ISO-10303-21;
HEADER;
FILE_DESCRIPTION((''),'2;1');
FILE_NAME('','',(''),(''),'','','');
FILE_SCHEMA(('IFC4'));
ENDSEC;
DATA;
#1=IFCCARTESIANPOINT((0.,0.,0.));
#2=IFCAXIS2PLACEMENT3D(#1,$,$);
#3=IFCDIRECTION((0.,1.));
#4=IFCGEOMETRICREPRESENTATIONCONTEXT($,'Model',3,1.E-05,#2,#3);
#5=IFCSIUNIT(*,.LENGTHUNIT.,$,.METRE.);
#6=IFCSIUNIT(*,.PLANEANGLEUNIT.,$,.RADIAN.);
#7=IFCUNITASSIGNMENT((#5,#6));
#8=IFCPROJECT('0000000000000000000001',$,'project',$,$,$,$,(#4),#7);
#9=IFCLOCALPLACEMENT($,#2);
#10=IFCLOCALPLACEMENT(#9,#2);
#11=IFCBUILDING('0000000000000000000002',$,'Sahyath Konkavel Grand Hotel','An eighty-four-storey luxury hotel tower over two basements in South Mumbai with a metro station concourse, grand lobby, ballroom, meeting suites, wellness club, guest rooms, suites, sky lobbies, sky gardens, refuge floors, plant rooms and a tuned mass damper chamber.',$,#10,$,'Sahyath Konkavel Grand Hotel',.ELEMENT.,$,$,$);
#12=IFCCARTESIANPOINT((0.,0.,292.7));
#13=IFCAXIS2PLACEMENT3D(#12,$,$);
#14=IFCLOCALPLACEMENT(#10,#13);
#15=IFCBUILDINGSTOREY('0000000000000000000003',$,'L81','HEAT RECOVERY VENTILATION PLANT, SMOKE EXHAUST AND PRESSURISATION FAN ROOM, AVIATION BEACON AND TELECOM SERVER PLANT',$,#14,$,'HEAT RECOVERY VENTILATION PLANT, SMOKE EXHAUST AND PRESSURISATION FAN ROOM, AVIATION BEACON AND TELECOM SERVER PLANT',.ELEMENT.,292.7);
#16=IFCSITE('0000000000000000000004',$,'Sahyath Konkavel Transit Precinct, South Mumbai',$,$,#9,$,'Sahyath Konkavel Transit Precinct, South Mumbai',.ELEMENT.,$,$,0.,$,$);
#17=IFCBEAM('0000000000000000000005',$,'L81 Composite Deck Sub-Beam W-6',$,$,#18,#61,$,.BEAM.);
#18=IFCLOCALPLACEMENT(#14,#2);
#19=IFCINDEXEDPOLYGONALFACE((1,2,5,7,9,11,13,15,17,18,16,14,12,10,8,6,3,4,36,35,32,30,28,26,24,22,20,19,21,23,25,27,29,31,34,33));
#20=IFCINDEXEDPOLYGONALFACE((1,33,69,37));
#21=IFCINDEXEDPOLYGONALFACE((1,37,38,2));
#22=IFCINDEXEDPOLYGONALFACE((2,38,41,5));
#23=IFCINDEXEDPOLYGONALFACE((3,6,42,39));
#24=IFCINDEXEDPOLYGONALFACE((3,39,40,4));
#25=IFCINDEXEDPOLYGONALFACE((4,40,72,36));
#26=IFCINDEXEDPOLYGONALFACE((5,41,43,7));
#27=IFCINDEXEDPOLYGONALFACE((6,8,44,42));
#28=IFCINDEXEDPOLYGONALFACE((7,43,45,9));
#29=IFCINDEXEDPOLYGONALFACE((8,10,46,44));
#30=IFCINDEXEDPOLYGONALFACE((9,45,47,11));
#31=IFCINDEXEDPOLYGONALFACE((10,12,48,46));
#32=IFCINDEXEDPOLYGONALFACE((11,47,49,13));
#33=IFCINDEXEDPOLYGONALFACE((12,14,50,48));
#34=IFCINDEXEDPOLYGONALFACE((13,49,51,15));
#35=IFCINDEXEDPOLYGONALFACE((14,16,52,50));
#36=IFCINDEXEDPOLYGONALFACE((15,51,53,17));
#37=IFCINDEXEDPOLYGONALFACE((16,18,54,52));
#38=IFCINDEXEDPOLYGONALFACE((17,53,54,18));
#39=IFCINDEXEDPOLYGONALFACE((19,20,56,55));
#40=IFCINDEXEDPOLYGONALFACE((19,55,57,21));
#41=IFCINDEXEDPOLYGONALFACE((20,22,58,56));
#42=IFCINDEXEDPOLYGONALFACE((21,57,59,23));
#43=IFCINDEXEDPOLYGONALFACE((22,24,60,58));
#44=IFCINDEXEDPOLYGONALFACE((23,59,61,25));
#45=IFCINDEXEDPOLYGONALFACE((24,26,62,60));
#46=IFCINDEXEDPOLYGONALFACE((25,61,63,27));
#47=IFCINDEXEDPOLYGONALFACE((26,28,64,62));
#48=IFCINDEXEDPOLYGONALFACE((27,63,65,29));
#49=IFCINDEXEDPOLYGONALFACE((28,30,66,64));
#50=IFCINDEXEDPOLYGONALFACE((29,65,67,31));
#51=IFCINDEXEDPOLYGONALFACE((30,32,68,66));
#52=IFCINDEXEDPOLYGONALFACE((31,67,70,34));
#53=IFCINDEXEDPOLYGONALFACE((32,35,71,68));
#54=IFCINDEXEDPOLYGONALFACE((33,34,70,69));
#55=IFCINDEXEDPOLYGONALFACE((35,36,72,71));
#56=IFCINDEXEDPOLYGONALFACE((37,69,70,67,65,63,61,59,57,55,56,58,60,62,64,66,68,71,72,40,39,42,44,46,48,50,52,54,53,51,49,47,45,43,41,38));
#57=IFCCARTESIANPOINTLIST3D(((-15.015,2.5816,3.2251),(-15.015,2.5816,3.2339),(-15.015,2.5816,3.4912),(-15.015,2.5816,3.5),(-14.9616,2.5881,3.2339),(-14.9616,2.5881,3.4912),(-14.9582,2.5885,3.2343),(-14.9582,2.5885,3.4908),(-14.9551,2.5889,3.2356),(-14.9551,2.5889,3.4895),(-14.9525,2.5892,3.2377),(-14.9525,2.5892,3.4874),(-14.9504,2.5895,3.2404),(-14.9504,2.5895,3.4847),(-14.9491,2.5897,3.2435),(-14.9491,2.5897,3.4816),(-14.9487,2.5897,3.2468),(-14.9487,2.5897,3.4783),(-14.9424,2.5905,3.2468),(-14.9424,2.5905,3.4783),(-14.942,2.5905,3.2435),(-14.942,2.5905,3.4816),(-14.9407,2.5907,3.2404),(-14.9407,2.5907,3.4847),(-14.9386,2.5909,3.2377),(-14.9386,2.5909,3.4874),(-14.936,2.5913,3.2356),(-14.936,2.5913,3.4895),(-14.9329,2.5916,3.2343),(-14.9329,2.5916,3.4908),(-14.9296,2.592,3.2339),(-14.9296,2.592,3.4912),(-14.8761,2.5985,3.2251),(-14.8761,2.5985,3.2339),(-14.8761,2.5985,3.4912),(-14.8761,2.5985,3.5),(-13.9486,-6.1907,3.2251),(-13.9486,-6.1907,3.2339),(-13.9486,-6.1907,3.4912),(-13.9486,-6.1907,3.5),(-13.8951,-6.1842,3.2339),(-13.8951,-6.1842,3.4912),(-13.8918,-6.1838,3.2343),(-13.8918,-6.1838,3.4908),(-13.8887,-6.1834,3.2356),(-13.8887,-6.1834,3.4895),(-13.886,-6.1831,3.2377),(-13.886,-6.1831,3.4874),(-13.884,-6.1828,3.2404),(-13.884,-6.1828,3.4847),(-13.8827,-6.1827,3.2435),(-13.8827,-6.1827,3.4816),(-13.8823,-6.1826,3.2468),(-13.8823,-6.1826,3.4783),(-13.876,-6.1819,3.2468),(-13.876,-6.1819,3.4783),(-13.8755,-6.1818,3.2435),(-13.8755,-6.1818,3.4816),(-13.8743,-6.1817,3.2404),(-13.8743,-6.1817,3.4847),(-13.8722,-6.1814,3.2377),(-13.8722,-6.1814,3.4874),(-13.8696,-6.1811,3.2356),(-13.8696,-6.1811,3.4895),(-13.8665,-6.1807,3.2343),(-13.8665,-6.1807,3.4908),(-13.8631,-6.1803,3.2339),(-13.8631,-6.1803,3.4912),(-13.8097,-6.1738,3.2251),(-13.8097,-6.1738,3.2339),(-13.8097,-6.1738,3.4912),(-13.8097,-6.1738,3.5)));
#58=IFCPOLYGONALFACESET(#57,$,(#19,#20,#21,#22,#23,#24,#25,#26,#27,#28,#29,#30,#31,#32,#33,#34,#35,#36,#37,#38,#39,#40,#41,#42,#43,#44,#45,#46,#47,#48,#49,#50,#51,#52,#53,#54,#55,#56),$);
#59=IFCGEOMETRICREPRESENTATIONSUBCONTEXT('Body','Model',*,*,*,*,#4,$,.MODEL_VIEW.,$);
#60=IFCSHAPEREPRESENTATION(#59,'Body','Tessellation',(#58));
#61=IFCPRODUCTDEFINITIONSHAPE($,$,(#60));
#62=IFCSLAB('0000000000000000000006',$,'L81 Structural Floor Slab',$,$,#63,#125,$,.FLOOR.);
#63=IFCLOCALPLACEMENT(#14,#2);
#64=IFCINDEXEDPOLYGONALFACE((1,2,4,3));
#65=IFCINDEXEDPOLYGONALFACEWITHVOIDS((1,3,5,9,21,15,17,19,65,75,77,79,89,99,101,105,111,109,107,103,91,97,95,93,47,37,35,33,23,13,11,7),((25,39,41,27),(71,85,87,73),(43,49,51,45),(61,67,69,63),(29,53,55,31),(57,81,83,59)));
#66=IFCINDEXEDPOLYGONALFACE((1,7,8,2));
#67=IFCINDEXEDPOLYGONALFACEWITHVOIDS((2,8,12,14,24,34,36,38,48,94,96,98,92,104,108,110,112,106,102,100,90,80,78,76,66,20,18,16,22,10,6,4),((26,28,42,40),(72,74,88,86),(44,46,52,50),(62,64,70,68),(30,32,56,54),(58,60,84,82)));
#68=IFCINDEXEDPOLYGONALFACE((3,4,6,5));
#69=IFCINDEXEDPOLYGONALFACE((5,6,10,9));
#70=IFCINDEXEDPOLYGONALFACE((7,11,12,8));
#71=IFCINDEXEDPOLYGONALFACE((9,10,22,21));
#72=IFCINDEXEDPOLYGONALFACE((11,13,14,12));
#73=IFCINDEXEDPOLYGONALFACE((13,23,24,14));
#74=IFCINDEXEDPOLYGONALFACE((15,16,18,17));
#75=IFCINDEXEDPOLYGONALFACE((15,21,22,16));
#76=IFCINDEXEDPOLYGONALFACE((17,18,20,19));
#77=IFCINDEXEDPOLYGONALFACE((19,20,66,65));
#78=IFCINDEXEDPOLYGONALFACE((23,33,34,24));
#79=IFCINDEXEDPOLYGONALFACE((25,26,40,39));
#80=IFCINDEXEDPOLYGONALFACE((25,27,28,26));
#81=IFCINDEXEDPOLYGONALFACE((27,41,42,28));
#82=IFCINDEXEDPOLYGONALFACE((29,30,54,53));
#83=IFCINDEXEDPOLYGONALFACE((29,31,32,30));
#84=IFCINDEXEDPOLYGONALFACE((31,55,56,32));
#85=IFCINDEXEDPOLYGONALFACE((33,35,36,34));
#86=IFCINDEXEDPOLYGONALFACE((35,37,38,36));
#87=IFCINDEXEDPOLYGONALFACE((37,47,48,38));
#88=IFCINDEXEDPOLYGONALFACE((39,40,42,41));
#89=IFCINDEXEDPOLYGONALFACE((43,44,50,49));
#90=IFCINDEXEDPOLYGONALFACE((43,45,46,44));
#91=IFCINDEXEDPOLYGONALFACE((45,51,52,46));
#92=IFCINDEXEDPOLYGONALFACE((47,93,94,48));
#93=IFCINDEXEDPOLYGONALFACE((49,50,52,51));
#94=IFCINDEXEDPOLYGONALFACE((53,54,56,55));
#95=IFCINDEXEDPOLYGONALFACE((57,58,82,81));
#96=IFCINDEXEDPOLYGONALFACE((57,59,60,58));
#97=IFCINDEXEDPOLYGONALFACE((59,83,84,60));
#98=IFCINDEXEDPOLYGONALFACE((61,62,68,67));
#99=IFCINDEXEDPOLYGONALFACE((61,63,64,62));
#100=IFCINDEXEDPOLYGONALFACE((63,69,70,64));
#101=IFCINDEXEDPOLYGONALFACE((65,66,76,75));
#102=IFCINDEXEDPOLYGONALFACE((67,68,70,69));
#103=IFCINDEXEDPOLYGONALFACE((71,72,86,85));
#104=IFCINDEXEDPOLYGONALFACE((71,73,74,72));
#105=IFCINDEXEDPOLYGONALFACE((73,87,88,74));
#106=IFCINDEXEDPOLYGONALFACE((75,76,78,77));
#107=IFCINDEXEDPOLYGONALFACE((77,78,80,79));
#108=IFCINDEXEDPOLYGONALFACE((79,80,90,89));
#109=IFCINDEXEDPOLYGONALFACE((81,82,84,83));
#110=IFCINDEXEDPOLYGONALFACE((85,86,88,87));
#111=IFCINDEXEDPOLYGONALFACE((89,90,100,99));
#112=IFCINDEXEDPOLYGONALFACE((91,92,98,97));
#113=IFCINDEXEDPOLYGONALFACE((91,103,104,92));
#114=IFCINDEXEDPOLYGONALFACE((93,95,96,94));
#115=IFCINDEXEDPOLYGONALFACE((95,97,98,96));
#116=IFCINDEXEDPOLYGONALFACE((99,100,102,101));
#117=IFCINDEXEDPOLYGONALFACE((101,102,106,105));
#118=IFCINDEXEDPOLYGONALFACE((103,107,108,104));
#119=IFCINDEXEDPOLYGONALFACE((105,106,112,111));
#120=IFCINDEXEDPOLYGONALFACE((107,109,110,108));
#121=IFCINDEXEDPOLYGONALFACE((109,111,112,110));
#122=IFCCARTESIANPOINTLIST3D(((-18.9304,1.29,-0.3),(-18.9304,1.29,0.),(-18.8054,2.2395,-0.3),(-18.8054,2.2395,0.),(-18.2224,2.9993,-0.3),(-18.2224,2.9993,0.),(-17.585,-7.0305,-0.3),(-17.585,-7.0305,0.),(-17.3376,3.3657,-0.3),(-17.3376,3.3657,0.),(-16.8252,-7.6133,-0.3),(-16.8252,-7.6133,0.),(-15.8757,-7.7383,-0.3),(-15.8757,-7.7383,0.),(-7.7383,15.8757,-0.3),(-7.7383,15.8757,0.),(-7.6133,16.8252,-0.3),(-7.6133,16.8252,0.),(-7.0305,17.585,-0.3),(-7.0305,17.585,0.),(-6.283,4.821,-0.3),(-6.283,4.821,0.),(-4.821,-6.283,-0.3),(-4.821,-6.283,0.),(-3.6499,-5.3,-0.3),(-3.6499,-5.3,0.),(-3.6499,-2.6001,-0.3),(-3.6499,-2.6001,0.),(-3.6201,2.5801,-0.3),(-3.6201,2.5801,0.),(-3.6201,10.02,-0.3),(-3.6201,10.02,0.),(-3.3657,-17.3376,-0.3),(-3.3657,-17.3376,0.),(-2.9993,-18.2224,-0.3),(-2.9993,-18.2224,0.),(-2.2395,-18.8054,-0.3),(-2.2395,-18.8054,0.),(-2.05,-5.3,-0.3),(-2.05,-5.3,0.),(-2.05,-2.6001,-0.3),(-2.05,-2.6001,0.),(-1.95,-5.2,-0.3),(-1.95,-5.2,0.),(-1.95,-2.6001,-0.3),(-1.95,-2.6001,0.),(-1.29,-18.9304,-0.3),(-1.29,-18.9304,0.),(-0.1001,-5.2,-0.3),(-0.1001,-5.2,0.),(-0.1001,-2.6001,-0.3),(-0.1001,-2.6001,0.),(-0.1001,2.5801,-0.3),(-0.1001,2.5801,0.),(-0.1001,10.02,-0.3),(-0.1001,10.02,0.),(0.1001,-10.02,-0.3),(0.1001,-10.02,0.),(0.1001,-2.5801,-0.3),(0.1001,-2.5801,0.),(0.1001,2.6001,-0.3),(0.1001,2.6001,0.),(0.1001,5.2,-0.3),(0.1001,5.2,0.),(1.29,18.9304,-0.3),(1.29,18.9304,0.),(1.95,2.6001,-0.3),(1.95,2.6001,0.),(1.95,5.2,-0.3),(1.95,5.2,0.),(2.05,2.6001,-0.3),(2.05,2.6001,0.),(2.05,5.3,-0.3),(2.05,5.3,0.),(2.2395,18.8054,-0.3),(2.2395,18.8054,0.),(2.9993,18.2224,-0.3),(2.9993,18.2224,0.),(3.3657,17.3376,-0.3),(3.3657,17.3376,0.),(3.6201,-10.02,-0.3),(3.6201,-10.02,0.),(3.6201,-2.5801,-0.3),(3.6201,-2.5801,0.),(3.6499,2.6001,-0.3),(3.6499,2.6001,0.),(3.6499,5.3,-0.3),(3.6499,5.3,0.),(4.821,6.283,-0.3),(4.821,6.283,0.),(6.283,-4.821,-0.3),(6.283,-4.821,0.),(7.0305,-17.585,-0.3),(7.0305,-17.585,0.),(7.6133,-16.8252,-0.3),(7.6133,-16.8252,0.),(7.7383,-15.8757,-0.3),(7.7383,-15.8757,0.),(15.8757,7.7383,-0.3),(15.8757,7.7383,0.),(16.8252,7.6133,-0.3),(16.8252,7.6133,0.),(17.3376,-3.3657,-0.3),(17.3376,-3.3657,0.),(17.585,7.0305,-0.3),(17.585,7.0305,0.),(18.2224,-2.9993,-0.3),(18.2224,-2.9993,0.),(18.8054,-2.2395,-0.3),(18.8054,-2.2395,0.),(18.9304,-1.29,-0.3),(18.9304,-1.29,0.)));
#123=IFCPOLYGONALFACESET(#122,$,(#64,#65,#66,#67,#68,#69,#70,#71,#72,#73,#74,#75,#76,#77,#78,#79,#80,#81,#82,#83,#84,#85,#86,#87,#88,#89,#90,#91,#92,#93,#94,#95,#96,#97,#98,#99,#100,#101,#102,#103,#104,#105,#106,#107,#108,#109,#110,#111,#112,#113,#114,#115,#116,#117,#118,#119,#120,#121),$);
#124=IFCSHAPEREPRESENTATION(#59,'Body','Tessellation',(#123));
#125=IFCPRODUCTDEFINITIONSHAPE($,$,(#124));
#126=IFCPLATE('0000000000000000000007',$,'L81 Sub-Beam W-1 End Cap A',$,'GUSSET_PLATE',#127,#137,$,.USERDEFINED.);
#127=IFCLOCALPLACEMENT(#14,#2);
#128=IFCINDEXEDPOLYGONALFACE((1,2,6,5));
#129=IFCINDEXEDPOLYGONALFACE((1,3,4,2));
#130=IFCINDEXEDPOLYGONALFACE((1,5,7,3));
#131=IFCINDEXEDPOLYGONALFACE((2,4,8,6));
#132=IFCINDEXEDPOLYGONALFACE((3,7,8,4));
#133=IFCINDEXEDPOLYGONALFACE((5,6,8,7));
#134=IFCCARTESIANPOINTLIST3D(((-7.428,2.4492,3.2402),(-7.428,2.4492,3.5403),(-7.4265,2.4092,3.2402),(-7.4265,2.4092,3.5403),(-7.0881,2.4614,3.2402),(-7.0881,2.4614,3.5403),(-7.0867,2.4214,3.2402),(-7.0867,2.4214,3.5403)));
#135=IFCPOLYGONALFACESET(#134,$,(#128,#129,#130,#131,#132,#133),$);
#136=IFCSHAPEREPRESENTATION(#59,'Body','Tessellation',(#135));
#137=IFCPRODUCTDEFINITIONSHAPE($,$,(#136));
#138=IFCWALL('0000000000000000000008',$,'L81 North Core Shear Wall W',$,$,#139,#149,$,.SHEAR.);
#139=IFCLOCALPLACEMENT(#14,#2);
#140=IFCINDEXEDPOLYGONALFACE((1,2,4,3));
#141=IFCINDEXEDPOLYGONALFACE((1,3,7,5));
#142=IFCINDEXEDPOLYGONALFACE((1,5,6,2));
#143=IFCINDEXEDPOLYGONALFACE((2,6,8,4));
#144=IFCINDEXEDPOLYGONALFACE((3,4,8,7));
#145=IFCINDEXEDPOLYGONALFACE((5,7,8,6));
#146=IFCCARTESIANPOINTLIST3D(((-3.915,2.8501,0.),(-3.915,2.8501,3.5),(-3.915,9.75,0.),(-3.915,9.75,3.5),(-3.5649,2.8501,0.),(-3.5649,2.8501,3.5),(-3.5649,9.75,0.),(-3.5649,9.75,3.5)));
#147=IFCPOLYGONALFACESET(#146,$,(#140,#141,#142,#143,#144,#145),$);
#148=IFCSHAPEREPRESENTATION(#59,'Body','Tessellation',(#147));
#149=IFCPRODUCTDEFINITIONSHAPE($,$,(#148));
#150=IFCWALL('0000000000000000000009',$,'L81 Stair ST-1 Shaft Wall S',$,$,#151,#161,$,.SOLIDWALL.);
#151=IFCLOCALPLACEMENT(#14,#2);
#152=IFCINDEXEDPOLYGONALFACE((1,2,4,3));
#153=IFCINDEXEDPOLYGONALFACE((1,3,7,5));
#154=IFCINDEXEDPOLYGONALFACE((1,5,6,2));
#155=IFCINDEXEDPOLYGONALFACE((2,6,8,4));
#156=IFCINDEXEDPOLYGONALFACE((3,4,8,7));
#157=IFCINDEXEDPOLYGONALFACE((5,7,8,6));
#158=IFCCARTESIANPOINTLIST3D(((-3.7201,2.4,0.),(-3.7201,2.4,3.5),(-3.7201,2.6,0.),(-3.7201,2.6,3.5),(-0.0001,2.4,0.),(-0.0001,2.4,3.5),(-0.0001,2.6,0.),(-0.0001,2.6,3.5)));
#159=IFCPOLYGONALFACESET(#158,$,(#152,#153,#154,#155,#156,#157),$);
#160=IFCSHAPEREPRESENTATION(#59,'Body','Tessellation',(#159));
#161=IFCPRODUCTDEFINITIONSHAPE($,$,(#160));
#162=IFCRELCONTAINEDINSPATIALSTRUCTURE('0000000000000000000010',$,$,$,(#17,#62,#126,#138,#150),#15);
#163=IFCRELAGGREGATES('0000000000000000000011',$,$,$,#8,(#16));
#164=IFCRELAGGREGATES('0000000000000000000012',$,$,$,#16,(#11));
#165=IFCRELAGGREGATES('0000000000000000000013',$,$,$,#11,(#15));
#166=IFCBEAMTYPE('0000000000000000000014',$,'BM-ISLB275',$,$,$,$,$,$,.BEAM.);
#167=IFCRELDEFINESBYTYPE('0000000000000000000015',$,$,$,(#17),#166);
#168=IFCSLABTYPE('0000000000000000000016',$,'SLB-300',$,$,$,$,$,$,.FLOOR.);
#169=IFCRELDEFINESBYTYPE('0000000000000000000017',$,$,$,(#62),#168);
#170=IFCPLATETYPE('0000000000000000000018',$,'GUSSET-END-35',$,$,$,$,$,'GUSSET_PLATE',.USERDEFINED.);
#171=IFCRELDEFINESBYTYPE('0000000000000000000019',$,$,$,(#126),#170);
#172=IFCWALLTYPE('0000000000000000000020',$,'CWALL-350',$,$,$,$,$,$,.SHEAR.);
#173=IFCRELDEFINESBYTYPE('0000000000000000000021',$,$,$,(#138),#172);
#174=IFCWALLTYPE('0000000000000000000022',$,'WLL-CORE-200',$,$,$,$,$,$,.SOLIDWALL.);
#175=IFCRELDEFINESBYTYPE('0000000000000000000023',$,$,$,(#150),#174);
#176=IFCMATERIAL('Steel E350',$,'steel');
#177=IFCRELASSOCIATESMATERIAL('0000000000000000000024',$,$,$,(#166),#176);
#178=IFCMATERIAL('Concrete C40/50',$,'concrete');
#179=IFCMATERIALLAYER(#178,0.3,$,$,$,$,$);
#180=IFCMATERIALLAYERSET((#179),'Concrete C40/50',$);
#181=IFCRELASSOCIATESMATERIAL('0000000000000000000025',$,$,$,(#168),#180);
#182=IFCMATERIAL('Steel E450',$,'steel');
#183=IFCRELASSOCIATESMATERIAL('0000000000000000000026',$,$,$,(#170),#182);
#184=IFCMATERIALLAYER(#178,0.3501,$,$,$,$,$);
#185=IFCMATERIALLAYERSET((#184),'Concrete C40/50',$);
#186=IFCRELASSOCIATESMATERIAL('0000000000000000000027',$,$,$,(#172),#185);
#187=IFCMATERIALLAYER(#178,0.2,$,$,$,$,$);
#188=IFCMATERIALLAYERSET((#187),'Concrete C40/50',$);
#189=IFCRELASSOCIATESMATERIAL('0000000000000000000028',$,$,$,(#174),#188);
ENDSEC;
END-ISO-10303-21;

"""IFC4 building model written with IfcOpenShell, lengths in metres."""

from ifc_helpers import new_model, si_unit, direction, frame, frame_2d, origin, origin_2d, place, context, subcontext, project, spatial, polyline, rectangle, i_section, outline, extrude, source, transform, mapped, material, layer, layer_set, material_profile, profile_set, type_object, element, save


model = new_model("IFC4")

# Units and contexts
model_context = context("Model", 3, precision=1e-05, world=origin(), true_north=direction((0.0, 1.0)))
body_context = subcontext(model_context, "Body", "Model", "MODEL_VIEW")
ifc_project = project(units=[si_unit("LENGTHUNIT", "METRE"), si_unit("PLANEANGLEUNIT", "RADIAN")], contexts=[model_context])

# Site, building, storey
site_placement = place(None, origin())
site = spatial("IfcSite", under=ifc_project, at=site_placement, Name="Sahyath Konkavel Transit Precinct, South Mumbai", LongName="Sahyath Konkavel Transit Precinct, South Mumbai", CompositionType="ELEMENT", RefElevation=0.0)
building_placement = place(site_placement, origin())
building = spatial("IfcBuilding", under=site, at=building_placement, Name="Sahyath Konkavel Grand Hotel", Description="An eighty-four-storey luxury hotel tower over two basements in South Mumbai with a metro station concourse, grand lobby, ballroom, meeting suites, wellness club, guest rooms, suites, sky lobbies, sky gardens, refuge floors, plant rooms and a tuned mass damper chamber.", LongName="Sahyath Konkavel Grand Hotel", CompositionType="ELEMENT")
storey_placement = place(building_placement, frame((0.0, 0.0, 292.7)))
storey = spatial("IfcBuildingStorey", under=building, at=storey_placement, Name="L81", Description="HEAT RECOVERY VENTILATION PLANT, SMOKE EXHAUST AND PRESSURISATION FAN ROOM, AVIATION BEACON AND TELECOM SERVER PLANT", LongName="HEAT RECOVERY VENTILATION PLANT, SMOKE EXHAUST AND PRESSURISATION FAN ROOM, AVIATION BEACON AND TELECOM SERVER PLANT", CompositionType="ELEMENT", Elevation=292.7)

# Shared definitions
ifc_material_1 = material(Name="Concrete C40/50", Category="concrete")

# Beam
ifc_material_2 = material(Name="Steel E350", Category="steel")
ifc_material_profile_1 = material_profile(ifc_material_2, i_section(OverallWidth=0.1399, OverallDepth=0.2749, WebThickness=0.0063, FlangeThickness=0.0088, FilletRadius=0.0129, at=origin_2d()), Name="ISLB 275")
ifc_profile_set_1 = profile_set([ifc_material_profile_1], Name="Steel E350")
beam_type_1 = type_object("IfcBeamType", Name="BM-ISLB275", PredefinedType="BEAM", material=ifc_profile_set_1)
shared_shape_1 = source(origin(), body_context, "Body", "SweptSolid", [
    extrude(i_section(OverallWidth=0.1399, OverallDepth=0.2749, WebThickness=0.0063, FlangeThickness=0.0088, FilletRadius=0.0129, at=origin_2d()), origin(), (0.0, 0.0, 1.0), 8.8369),
])
beam_1_placement = place(storey_placement, frame((-14.9456, 2.5901, 3.3625), z_axis=(0.120678, -0.992692, 0.0), x_axis=(0.992692, 0.120678, 0.0)))
element("IfcBeam", 1, at=beam_1_placement, inside=storey, type_object=beam_type_1, Name="L81 Composite Deck Sub-Beam W-6", PredefinedType="BEAM", context=body_context, shape_type="MappedRepresentation", body=[
    mapped(shared_shape_1, transform((0.0, 0.0, 0.0), scale=1.0)),
])

# Slab
ifc_layer_1 = layer(ifc_material_1, 0.3)
ifc_layer_set_1 = layer_set([ifc_layer_1], Name="Concrete C40/50")
slab_type = type_object("IfcSlabType", Name="SLB-300", PredefinedType="FLOOR", material=ifc_layer_set_1)
slab_placement = place(storey_placement, frame((0.0, 0.0, -0.3)))
element("IfcSlab", 2, at=slab_placement, inside=storey, type_object=slab_type, Name="L81 Structural Floor Slab", PredefinedType="FLOOR", context=body_context, shape_type="SweptSolid", body=[
    extrude(outline(polyline([(6.283, -4.821), (17.3376, -3.3657), (18.2224, -2.9993), (18.8054, -2.2395), (18.9304, -1.29), (17.585, 7.0305), (16.8252, 7.6133), (15.8757, 7.7383), (4.821, 6.283), (3.3657, 17.3376), (2.9993, 18.2224), (2.2395, 18.8054), (1.29, 18.9304), (-7.0305, 17.585), (-7.6133, 16.8252), (-7.7383, 15.8757), (-6.283, 4.821), (-17.3376, 3.3657), (-18.2224, 2.9993), (-18.8054, 2.2395), (-18.9304, 1.29), (-17.585, -7.0305), (-16.8252, -7.6133), (-15.8757, -7.7383), (-4.821, -6.283), (-3.3657, -17.3376), (-2.9993, -18.2224), (-2.2395, -18.8054), (-1.29, -18.9304), (7.0305, -17.585), (7.6133, -16.8252), (7.7383, -15.8757), (6.283, -4.821)]), holes=[polyline([(-3.6201, 2.5801), (-0.1001, 2.5801), (-0.1001, 10.02), (-3.6201, 10.02), (-3.6201, 2.5801)]), polyline([(0.1001, -10.02), (3.6201, -10.02), (3.6201, -2.5801), (0.1001, -2.5801), (0.1001, -10.02)]), polyline([(0.1001, 2.6001), (1.95, 2.6001), (1.95, 5.2), (0.1001, 5.2), (0.1001, 2.6001)]), polyline([(-1.95, -5.2), (-0.1001, -5.2), (-0.1001, -2.6001), (-1.95, -2.6001), (-1.95, -5.2)]), polyline([(2.05, 2.6001), (3.6499, 2.6001), (3.6499, 5.3), (2.05, 5.3), (2.05, 2.6001)]), polyline([(-3.6499, -5.3), (-2.05, -5.3), (-2.05, -2.6001), (-3.6499, -2.6001), (-3.6499, -5.3)])]), origin(), (0.0, 0.0, 1.0), 0.3),
])

# Plate
ifc_material_3 = material(Name="Steel E450", Category="steel")
plate_type = type_object("IfcPlateType", Name="GUSSET-END-35", ElementType="GUSSET_PLATE", PredefinedType="USERDEFINED", material=ifc_material_3)
shared_shape_2 = source(origin(), body_context, "Body", "SweptSolid", [
    extrude(rectangle(XDim=0.04, YDim=0.3401, at=origin_2d()), origin(), (0.0, 0.0, 1.0), 0.3),
])
plate_placement = place(storey_placement, frame((-7.2573, 2.4353, 3.2402), z_axis=(0.0, 0.0, 1.0), x_axis=(0.035789, -0.999359, 0.0)))
element("IfcPlate", 3, at=plate_placement, inside=storey, type_object=plate_type, Name="L81 Sub-Beam W-1 End Cap A", ObjectType="GUSSET_PLATE", PredefinedType="USERDEFINED", context=body_context, shape_type="MappedRepresentation", body=[
    mapped(shared_shape_2, transform((0.0, 0.0, 0.0), scale=1.0)),
])

# Walls
ifc_layer_2 = layer(ifc_material_1, 0.3501)
ifc_layer_set_2 = layer_set([ifc_layer_2], Name="Concrete C40/50")
wall_type_1 = type_object("IfcWallType", Name="CWALL-350", PredefinedType="SHEAR", material=ifc_layer_set_2)
wall_1_placement = place(storey_placement, frame((-3.74, 2.8501, 0.0), z_axis=(0.0, 0.0, 1.0), x_axis=(0.0, 1.0, 0.0)))
element("IfcWall", 4, at=wall_1_placement, inside=storey, type_object=wall_type_1, Name="L81 North Core Shear Wall W", PredefinedType="SHEAR", context=body_context, shape_type="SweptSolid", body=[
    extrude(rectangle(XDim=6.8999, YDim=0.3501, at=frame_2d((3.45, 0.0))), origin(), (0.0, 0.0, 1.0), 3.5),
])
ifc_layer_3 = layer(ifc_material_1, 0.2)
ifc_layer_set_3 = layer_set([ifc_layer_3], Name="Concrete C40/50")
wall_type_2 = type_object("IfcWallType", Name="WLL-CORE-200", PredefinedType="SOLIDWALL", material=ifc_layer_set_3)
wall_2_placement = place(storey_placement, frame((-3.72, 2.5, 0.0), z_axis=(0.0, 0.0, 1.0), x_axis=(1.0, 0.0, 0.0)))
element("IfcWall", 5, at=wall_2_placement, inside=storey, type_object=wall_type_2, Name="L81 Stair ST-1 Shaft Wall S", PredefinedType="SOLIDWALL", context=body_context, shape_type="SweptSolid", body=[
    extrude(rectangle(XDim=3.72, YDim=0.2, at=frame_2d((1.8599, 0.0))), origin(), (0.0, 0.0, 1.0), 3.5),
])

save(model, "model.ifc")
